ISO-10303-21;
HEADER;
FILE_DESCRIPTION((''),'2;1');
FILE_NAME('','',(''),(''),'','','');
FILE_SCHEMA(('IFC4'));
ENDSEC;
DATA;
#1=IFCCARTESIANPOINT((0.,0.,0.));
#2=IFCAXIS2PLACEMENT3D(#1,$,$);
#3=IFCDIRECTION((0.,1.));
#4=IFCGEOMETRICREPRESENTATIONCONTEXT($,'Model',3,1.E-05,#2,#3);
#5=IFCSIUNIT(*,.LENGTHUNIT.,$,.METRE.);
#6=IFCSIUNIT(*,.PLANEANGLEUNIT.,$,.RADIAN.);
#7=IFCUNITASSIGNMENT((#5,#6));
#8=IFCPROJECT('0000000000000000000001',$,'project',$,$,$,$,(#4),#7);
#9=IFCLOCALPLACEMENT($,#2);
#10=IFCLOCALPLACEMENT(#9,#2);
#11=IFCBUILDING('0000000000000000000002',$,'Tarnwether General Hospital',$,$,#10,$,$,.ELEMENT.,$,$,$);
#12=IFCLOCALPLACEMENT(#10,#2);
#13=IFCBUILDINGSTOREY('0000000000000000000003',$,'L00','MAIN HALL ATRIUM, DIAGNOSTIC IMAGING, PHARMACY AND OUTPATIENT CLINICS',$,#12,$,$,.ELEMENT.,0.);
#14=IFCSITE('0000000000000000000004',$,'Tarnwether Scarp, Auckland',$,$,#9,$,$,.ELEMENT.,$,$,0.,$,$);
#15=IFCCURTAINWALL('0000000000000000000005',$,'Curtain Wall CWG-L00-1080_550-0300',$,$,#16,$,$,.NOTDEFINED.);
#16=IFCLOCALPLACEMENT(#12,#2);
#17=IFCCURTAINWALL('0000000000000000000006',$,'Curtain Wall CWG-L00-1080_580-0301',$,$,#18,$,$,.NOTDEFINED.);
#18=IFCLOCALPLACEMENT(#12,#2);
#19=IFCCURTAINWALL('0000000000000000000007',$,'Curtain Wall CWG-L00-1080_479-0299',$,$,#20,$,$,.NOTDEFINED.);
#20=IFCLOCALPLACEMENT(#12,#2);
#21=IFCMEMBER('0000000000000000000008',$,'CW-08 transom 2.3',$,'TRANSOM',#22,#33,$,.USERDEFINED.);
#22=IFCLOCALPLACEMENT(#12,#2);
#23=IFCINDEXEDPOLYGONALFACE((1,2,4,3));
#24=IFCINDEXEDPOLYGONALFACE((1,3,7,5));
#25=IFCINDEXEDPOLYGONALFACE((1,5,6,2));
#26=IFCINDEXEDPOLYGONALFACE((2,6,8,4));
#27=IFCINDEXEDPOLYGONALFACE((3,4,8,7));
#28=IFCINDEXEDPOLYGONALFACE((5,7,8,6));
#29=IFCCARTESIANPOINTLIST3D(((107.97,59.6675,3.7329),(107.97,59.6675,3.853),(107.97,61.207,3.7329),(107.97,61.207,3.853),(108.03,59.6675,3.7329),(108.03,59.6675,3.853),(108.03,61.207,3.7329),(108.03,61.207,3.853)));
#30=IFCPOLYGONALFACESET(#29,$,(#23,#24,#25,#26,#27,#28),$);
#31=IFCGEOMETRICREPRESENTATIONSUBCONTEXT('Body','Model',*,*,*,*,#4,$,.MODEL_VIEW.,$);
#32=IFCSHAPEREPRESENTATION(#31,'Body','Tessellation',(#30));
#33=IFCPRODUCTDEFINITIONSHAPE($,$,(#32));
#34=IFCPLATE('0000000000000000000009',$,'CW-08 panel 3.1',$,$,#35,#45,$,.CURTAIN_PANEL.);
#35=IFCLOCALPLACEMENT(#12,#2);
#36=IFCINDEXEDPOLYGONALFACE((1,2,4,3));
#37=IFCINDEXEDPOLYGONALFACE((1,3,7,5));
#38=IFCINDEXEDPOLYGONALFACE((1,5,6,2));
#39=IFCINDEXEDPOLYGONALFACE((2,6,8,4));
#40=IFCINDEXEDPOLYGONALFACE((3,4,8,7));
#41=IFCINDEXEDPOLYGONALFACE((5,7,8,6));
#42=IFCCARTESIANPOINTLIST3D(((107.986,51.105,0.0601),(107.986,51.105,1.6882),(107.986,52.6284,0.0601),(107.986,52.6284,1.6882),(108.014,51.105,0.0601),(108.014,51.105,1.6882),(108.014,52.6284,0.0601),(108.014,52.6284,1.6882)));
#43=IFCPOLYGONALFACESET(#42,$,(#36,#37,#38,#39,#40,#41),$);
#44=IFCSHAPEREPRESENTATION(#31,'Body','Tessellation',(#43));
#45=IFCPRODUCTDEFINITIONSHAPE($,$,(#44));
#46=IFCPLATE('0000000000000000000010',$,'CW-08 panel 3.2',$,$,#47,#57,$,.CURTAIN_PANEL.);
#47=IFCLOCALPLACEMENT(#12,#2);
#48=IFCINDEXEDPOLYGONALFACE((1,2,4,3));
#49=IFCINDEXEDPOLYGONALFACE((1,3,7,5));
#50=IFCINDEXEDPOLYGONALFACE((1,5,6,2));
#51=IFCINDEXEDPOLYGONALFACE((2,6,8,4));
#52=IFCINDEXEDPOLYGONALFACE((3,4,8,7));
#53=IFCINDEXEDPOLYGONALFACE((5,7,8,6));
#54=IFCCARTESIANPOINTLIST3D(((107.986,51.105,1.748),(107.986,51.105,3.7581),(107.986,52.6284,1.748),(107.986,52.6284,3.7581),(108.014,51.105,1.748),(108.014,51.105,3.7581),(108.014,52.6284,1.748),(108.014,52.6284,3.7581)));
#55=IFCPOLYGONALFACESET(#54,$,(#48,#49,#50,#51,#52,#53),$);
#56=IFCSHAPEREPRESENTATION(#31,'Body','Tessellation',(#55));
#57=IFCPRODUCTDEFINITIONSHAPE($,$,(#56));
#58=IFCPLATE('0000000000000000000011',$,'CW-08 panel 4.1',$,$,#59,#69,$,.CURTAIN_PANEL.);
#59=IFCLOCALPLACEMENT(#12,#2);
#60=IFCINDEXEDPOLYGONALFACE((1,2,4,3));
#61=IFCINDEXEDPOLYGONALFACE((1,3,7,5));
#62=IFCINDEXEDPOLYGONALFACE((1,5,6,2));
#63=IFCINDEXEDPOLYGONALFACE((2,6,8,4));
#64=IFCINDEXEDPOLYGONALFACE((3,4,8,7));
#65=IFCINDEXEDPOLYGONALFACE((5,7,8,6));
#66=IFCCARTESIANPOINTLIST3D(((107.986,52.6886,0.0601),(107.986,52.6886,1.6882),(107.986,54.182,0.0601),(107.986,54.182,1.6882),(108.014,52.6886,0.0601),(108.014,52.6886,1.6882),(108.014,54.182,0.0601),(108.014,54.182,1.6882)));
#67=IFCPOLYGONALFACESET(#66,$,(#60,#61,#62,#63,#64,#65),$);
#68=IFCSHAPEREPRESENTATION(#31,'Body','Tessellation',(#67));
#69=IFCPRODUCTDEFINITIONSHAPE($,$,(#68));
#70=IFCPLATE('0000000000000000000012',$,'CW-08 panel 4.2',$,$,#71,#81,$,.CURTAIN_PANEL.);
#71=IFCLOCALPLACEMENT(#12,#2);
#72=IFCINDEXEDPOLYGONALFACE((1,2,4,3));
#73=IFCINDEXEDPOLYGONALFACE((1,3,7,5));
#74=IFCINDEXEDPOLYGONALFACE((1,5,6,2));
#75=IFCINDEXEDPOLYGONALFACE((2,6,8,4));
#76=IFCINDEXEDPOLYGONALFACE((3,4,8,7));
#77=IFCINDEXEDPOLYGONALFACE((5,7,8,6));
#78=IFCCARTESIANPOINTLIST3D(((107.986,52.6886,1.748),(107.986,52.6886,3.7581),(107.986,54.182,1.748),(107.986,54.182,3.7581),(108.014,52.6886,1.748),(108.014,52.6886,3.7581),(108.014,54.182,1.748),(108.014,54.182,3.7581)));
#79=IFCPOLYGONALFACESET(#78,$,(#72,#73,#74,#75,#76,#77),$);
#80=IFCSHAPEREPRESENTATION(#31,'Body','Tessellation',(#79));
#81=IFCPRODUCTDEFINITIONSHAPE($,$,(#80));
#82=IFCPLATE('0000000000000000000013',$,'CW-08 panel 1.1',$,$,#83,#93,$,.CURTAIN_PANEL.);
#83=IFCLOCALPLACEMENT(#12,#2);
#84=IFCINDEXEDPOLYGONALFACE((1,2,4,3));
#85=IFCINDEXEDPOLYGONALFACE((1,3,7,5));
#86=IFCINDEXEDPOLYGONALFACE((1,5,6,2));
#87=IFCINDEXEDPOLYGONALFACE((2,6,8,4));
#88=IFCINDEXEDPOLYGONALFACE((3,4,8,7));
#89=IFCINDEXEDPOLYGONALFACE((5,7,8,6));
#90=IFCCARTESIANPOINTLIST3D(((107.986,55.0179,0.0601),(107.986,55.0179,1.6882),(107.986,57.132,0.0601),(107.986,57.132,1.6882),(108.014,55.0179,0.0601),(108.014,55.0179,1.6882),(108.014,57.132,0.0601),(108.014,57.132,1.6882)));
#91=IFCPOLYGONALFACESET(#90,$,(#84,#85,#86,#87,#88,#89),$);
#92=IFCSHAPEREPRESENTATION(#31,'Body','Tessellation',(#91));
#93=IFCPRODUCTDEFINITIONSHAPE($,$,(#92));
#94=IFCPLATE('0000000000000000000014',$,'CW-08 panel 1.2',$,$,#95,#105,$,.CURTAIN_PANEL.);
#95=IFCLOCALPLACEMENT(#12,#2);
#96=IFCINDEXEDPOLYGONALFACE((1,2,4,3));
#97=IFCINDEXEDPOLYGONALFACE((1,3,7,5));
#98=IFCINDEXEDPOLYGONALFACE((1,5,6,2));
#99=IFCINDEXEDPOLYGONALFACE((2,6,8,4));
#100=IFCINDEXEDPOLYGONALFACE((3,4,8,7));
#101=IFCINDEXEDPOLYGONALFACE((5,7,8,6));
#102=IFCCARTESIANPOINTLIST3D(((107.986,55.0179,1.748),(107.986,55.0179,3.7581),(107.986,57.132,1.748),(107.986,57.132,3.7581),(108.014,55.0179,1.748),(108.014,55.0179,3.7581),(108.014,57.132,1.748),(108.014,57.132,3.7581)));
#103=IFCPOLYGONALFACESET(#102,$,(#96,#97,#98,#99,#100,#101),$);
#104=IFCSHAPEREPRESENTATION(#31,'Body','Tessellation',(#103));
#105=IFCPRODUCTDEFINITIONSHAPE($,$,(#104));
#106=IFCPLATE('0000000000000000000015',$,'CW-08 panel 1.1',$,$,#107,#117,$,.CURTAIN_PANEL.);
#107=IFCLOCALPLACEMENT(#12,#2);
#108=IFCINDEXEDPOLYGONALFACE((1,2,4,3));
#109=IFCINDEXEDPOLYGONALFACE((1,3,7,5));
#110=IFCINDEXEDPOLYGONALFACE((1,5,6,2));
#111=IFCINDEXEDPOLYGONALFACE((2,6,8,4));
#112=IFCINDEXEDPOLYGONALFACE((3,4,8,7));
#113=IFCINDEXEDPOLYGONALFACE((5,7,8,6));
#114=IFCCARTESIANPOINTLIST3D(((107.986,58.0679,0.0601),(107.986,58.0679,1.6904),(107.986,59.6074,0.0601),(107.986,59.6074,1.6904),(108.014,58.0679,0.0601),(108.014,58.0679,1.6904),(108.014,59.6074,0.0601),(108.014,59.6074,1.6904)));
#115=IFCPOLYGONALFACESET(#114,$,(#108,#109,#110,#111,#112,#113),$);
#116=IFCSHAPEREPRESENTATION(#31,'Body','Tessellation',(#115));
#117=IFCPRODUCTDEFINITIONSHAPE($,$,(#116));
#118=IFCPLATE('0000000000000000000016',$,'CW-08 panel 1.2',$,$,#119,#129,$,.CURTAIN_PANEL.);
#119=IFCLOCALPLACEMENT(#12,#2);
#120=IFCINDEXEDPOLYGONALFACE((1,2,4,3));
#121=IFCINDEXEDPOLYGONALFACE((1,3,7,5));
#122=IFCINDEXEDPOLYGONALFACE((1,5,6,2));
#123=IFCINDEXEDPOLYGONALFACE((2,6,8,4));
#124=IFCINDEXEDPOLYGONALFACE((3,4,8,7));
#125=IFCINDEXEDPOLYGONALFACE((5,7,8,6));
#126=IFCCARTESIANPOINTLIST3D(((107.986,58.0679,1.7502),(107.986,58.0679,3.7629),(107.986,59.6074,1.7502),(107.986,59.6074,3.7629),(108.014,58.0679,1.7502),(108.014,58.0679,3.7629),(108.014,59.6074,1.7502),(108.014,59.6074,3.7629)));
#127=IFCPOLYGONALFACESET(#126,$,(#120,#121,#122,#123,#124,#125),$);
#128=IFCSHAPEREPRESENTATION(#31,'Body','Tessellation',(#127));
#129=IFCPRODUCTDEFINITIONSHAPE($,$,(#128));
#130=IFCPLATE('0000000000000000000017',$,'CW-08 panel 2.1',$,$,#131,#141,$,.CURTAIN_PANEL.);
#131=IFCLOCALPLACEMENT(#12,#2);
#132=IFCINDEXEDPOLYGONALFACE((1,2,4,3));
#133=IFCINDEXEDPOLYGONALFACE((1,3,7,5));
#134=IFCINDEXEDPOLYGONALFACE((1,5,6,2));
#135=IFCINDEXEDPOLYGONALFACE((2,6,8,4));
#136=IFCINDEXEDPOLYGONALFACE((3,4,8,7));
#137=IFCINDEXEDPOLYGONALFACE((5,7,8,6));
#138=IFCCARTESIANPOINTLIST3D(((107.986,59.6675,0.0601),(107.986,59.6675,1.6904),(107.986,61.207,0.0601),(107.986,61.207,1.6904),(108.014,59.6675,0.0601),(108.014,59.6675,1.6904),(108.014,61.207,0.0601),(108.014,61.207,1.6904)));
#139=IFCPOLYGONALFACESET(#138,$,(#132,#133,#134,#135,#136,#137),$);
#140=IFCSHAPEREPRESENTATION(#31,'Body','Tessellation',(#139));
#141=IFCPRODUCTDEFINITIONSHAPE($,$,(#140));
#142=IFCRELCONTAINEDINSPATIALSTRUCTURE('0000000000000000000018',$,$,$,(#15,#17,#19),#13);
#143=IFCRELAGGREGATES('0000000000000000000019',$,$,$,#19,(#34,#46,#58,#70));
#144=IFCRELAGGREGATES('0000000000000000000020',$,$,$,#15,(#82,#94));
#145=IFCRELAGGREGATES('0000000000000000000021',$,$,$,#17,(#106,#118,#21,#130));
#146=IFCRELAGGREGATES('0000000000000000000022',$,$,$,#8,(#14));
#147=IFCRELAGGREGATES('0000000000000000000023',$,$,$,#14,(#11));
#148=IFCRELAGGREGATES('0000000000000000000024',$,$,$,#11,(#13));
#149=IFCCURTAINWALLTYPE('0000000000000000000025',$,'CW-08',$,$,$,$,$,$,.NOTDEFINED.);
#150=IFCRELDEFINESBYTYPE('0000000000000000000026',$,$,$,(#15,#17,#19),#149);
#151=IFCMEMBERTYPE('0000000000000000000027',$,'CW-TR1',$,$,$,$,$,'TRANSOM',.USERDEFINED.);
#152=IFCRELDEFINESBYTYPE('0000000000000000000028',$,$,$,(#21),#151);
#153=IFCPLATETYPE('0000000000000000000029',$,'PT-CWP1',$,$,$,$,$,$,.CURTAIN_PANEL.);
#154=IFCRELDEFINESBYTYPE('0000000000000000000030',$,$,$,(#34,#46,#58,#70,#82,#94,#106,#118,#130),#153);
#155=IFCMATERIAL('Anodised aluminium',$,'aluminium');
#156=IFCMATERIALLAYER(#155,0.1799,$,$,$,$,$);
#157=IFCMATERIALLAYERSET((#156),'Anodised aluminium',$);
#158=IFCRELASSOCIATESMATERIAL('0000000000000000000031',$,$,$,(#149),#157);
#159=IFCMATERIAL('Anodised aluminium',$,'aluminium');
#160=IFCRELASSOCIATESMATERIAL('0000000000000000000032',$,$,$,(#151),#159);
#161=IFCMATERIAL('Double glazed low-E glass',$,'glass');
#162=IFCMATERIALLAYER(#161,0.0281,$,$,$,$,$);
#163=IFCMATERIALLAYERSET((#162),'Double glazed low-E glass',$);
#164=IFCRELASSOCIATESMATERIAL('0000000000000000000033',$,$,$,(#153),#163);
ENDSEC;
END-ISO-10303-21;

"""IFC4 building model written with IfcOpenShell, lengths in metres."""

from ifc_helpers import new_model, si_unit, direction, frame, origin, origin_2d, place, context, subcontext, project, spatial, rectangle, extrude, material, layer, layer_set, material_profile, profile_set, type_object, element, aggregate, save


model = new_model("IFC4")

# Units and contexts
model_context = context("Model", 3, precision=1e-05, world=origin(), true_north=direction((0.0, 1.0)))
body_context = subcontext(model_context, "Body", "Model", "MODEL_VIEW")
ifc_project = project(units=[si_unit("LENGTHUNIT", "METRE"), si_unit("PLANEANGLEUNIT", "RADIAN")], contexts=[model_context])

# Site, building, storey
site_placement = place(None, origin())
site = spatial("IfcSite", under=ifc_project, at=site_placement, Name="Tarnwether Scarp, Auckland", CompositionType="ELEMENT", RefElevation=0.0)
building_placement = place(site_placement, origin())
building = spatial("IfcBuilding", under=site, at=building_placement, Name="Tarnwether General Hospital", CompositionType="ELEMENT")
storey_placement = place(building_placement, origin())
storey = spatial("IfcBuildingStorey", under=building, at=storey_placement, Name="L00", Description="MAIN HALL ATRIUM, DIAGNOSTIC IMAGING, PHARMACY AND OUTPATIENT CLINICS", CompositionType="ELEMENT", Elevation=0.0)

# Curtain walls
ifc_material_1 = material(Name="Anodised aluminium", Category="aluminium")
ifc_layer_1 = layer(ifc_material_1, 0.1799)
ifc_layer_set_1 = layer_set([ifc_layer_1], Name="Anodised aluminium")
curtain_wall_type = type_object("IfcCurtainWallType", Name="CW-08", PredefinedType="NOTDEFINED", material=ifc_layer_set_1)
curtain_wall_1_placement = place(storey_placement, origin())
curtain_wall_1 = element("IfcCurtainWall", 1, at=curtain_wall_1_placement, inside=storey, type_object=curtain_wall_type, Name="Curtain Wall CWG-L00-1080_550-0300", PredefinedType="NOTDEFINED")
curtain_wall_2_placement = place(storey_placement, origin())
curtain_wall_2 = element("IfcCurtainWall", 2, at=curtain_wall_2_placement, inside=storey, type_object=curtain_wall_type, Name="Curtain Wall CWG-L00-1080_580-0301", PredefinedType="NOTDEFINED")
curtain_wall_3_placement = place(storey_placement, origin())
curtain_wall_3 = element("IfcCurtainWall", 3, at=curtain_wall_3_placement, inside=storey, type_object=curtain_wall_type, Name="Curtain Wall CWG-L00-1080_479-0299", PredefinedType="NOTDEFINED")
ifc_material_2 = material(Name="Anodised aluminium", Category="aluminium")
ifc_material_profile_1 = material_profile(ifc_material_2, rectangle(XDim=0.0601, YDim=0.1201, at=origin_2d()), Name="ALU-TRN-60x120")
ifc_profile_set_1 = profile_set([ifc_material_profile_1], Name="Anodised aluminium")
member_type_1 = type_object("IfcMemberType", Name="CW-TR1", ElementType="TRANSOM", PredefinedType="USERDEFINED", material=ifc_profile_set_1)

# Member
member_1_placement = place(storey_placement, frame((108.0, 59.6675, 3.793), z_axis=(0.0, 1.0, 0.0), x_axis=(-1.0, 0.0, 0.0)))
member_1 = element("IfcMember", 4, at=member_1_placement, type_object=member_type_1, Name="CW-08 transom 2.3", ObjectType="TRANSOM", PredefinedType="USERDEFINED", context=body_context, shape_type="SweptSolid", body=[
    extrude(rectangle(XDim=0.0601, YDim=0.1201, at=origin_2d()), origin(), (0.0, 0.0, 1.0), 1.5396),
])

# Plates
ifc_material_3 = material(Name="Double glazed low-E glass", Category="glass")
ifc_layer_2 = layer(ifc_material_3, 0.0281)
ifc_layer_set_2 = layer_set([ifc_layer_2], Name="Double glazed low-E glass")
plate_type = type_object("IfcPlateType", Name="PT-CWP1", PredefinedType="CURTAIN_PANEL", material=ifc_layer_set_2)
plate_1_placement = place(storey_placement, frame((108.0, 51.8667, 0.0601), z_axis=(0.0, 0.0, 1.0), x_axis=(0.0, 1.0, 0.0)))
plate_1 = element("IfcPlate", 5, at=plate_1_placement, type_object=plate_type, Name="CW-08 panel 3.1", PredefinedType="CURTAIN_PANEL", context=body_context, shape_type="SweptSolid", body=[
    extrude(rectangle(XDim=1.5234, YDim=0.0281, at=origin_2d()), origin(), (0.0, 0.0, 1.0), 1.6282),
])
plate_2_placement = place(storey_placement, frame((108.0, 51.8667, 1.748), z_axis=(0.0, 0.0, 1.0), x_axis=(0.0, 1.0, 0.0)))
plate_2 = element("IfcPlate", 6, at=plate_2_placement, type_object=plate_type, Name="CW-08 panel 3.2", PredefinedType="CURTAIN_PANEL", context=body_context, shape_type="SweptSolid", body=[
    extrude(rectangle(XDim=1.5234, YDim=0.0281, at=origin_2d()), origin(), (0.0, 0.0, 1.0), 2.01),
])
plate_3_placement = place(storey_placement, frame((108.0, 53.4353, 0.0601), z_axis=(0.0, 0.0, 1.0), x_axis=(0.0, 1.0, 0.0)))
plate_3 = element("IfcPlate", 7, at=plate_3_placement, type_object=plate_type, Name="CW-08 panel 4.1", PredefinedType="CURTAIN_PANEL", context=body_context, shape_type="SweptSolid", body=[
    extrude(rectangle(XDim=1.4934, YDim=0.0281, at=origin_2d()), origin(), (0.0, 0.0, 1.0), 1.6282),
])
plate_4_placement = place(storey_placement, frame((108.0, 53.4353, 1.748), z_axis=(0.0, 0.0, 1.0), x_axis=(0.0, 1.0, 0.0)))
plate_4 = element("IfcPlate", 8, at=plate_4_placement, type_object=plate_type, Name="CW-08 panel 4.2", PredefinedType="CURTAIN_PANEL", context=body_context, shape_type="SweptSolid", body=[
    extrude(rectangle(XDim=1.4934, YDim=0.0281, at=origin_2d()), origin(), (0.0, 0.0, 1.0), 2.01),
])
aggregate(curtain_wall_3, [plate_1, plate_2, plate_3, plate_4])
plate_5_placement = place(storey_placement, frame((108.0, 56.075, 0.0601), z_axis=(0.0, 0.0, 1.0), x_axis=(0.0, 1.0, 0.0)))
plate_5 = element("IfcPlate", 9, at=plate_5_placement, type_object=plate_type, Name="CW-08 panel 1.1", PredefinedType="CURTAIN_PANEL", context=body_context, shape_type="SweptSolid", body=[
    extrude(rectangle(XDim=2.114, YDim=0.0281, at=origin_2d()), origin(), (0.0, 0.0, 1.0), 1.6282),
])
plate_6_placement = place(storey_placement, frame((108.0, 56.075, 1.748), z_axis=(0.0, 0.0, 1.0), x_axis=(0.0, 1.0, 0.0)))
plate_6 = element("IfcPlate", 10, at=plate_6_placement, type_object=plate_type, Name="CW-08 panel 1.2", PredefinedType="CURTAIN_PANEL", context=body_context, shape_type="SweptSolid", body=[
    extrude(rectangle(XDim=2.114, YDim=0.0281, at=origin_2d()), origin(), (0.0, 0.0, 1.0), 2.01),
])
aggregate(curtain_wall_1, [plate_5, plate_6])
plate_7_placement = place(storey_placement, frame((108.0, 58.8376, 0.0601), z_axis=(0.0, 0.0, 1.0), x_axis=(0.0, 1.0, 0.0)))
plate_7 = element("IfcPlate", 11, at=plate_7_placement, type_object=plate_type, Name="CW-08 panel 1.1", PredefinedType="CURTAIN_PANEL", context=body_context, shape_type="SweptSolid", body=[
    extrude(rectangle(XDim=1.5396, YDim=0.0281, at=origin_2d()), origin(), (0.0, 0.0, 1.0), 1.6304),
])
plate_8_placement = place(storey_placement, frame((108.0, 58.8376, 1.7502), z_axis=(0.0, 0.0, 1.0), x_axis=(0.0, 1.0, 0.0)))
plate_8 = element("IfcPlate", 12, at=plate_8_placement, type_object=plate_type, Name="CW-08 panel 1.2", PredefinedType="CURTAIN_PANEL", context=body_context, shape_type="SweptSolid", body=[
    extrude(rectangle(XDim=1.5396, YDim=0.0281, at=origin_2d()), origin(), (0.0, 0.0, 1.0), 2.0127),
])
plate_9_placement = place(storey_placement, frame((108.0, 60.4373, 0.0601), z_axis=(0.0, 0.0, 1.0), x_axis=(0.0, 1.0, 0.0)))
plate_9 = element("IfcPlate", 13, at=plate_9_placement, type_object=plate_type, Name="CW-08 panel 2.1", PredefinedType="CURTAIN_PANEL", context=body_context, shape_type="SweptSolid", body=[
    extrude(rectangle(XDim=1.5396, YDim=0.0281, at=origin_2d()), origin(), (0.0, 0.0, 1.0), 1.6304),
])
aggregate(curtain_wall_2, [plate_7, plate_8, member_1, plate_9])

save(model, "model.ifc")
